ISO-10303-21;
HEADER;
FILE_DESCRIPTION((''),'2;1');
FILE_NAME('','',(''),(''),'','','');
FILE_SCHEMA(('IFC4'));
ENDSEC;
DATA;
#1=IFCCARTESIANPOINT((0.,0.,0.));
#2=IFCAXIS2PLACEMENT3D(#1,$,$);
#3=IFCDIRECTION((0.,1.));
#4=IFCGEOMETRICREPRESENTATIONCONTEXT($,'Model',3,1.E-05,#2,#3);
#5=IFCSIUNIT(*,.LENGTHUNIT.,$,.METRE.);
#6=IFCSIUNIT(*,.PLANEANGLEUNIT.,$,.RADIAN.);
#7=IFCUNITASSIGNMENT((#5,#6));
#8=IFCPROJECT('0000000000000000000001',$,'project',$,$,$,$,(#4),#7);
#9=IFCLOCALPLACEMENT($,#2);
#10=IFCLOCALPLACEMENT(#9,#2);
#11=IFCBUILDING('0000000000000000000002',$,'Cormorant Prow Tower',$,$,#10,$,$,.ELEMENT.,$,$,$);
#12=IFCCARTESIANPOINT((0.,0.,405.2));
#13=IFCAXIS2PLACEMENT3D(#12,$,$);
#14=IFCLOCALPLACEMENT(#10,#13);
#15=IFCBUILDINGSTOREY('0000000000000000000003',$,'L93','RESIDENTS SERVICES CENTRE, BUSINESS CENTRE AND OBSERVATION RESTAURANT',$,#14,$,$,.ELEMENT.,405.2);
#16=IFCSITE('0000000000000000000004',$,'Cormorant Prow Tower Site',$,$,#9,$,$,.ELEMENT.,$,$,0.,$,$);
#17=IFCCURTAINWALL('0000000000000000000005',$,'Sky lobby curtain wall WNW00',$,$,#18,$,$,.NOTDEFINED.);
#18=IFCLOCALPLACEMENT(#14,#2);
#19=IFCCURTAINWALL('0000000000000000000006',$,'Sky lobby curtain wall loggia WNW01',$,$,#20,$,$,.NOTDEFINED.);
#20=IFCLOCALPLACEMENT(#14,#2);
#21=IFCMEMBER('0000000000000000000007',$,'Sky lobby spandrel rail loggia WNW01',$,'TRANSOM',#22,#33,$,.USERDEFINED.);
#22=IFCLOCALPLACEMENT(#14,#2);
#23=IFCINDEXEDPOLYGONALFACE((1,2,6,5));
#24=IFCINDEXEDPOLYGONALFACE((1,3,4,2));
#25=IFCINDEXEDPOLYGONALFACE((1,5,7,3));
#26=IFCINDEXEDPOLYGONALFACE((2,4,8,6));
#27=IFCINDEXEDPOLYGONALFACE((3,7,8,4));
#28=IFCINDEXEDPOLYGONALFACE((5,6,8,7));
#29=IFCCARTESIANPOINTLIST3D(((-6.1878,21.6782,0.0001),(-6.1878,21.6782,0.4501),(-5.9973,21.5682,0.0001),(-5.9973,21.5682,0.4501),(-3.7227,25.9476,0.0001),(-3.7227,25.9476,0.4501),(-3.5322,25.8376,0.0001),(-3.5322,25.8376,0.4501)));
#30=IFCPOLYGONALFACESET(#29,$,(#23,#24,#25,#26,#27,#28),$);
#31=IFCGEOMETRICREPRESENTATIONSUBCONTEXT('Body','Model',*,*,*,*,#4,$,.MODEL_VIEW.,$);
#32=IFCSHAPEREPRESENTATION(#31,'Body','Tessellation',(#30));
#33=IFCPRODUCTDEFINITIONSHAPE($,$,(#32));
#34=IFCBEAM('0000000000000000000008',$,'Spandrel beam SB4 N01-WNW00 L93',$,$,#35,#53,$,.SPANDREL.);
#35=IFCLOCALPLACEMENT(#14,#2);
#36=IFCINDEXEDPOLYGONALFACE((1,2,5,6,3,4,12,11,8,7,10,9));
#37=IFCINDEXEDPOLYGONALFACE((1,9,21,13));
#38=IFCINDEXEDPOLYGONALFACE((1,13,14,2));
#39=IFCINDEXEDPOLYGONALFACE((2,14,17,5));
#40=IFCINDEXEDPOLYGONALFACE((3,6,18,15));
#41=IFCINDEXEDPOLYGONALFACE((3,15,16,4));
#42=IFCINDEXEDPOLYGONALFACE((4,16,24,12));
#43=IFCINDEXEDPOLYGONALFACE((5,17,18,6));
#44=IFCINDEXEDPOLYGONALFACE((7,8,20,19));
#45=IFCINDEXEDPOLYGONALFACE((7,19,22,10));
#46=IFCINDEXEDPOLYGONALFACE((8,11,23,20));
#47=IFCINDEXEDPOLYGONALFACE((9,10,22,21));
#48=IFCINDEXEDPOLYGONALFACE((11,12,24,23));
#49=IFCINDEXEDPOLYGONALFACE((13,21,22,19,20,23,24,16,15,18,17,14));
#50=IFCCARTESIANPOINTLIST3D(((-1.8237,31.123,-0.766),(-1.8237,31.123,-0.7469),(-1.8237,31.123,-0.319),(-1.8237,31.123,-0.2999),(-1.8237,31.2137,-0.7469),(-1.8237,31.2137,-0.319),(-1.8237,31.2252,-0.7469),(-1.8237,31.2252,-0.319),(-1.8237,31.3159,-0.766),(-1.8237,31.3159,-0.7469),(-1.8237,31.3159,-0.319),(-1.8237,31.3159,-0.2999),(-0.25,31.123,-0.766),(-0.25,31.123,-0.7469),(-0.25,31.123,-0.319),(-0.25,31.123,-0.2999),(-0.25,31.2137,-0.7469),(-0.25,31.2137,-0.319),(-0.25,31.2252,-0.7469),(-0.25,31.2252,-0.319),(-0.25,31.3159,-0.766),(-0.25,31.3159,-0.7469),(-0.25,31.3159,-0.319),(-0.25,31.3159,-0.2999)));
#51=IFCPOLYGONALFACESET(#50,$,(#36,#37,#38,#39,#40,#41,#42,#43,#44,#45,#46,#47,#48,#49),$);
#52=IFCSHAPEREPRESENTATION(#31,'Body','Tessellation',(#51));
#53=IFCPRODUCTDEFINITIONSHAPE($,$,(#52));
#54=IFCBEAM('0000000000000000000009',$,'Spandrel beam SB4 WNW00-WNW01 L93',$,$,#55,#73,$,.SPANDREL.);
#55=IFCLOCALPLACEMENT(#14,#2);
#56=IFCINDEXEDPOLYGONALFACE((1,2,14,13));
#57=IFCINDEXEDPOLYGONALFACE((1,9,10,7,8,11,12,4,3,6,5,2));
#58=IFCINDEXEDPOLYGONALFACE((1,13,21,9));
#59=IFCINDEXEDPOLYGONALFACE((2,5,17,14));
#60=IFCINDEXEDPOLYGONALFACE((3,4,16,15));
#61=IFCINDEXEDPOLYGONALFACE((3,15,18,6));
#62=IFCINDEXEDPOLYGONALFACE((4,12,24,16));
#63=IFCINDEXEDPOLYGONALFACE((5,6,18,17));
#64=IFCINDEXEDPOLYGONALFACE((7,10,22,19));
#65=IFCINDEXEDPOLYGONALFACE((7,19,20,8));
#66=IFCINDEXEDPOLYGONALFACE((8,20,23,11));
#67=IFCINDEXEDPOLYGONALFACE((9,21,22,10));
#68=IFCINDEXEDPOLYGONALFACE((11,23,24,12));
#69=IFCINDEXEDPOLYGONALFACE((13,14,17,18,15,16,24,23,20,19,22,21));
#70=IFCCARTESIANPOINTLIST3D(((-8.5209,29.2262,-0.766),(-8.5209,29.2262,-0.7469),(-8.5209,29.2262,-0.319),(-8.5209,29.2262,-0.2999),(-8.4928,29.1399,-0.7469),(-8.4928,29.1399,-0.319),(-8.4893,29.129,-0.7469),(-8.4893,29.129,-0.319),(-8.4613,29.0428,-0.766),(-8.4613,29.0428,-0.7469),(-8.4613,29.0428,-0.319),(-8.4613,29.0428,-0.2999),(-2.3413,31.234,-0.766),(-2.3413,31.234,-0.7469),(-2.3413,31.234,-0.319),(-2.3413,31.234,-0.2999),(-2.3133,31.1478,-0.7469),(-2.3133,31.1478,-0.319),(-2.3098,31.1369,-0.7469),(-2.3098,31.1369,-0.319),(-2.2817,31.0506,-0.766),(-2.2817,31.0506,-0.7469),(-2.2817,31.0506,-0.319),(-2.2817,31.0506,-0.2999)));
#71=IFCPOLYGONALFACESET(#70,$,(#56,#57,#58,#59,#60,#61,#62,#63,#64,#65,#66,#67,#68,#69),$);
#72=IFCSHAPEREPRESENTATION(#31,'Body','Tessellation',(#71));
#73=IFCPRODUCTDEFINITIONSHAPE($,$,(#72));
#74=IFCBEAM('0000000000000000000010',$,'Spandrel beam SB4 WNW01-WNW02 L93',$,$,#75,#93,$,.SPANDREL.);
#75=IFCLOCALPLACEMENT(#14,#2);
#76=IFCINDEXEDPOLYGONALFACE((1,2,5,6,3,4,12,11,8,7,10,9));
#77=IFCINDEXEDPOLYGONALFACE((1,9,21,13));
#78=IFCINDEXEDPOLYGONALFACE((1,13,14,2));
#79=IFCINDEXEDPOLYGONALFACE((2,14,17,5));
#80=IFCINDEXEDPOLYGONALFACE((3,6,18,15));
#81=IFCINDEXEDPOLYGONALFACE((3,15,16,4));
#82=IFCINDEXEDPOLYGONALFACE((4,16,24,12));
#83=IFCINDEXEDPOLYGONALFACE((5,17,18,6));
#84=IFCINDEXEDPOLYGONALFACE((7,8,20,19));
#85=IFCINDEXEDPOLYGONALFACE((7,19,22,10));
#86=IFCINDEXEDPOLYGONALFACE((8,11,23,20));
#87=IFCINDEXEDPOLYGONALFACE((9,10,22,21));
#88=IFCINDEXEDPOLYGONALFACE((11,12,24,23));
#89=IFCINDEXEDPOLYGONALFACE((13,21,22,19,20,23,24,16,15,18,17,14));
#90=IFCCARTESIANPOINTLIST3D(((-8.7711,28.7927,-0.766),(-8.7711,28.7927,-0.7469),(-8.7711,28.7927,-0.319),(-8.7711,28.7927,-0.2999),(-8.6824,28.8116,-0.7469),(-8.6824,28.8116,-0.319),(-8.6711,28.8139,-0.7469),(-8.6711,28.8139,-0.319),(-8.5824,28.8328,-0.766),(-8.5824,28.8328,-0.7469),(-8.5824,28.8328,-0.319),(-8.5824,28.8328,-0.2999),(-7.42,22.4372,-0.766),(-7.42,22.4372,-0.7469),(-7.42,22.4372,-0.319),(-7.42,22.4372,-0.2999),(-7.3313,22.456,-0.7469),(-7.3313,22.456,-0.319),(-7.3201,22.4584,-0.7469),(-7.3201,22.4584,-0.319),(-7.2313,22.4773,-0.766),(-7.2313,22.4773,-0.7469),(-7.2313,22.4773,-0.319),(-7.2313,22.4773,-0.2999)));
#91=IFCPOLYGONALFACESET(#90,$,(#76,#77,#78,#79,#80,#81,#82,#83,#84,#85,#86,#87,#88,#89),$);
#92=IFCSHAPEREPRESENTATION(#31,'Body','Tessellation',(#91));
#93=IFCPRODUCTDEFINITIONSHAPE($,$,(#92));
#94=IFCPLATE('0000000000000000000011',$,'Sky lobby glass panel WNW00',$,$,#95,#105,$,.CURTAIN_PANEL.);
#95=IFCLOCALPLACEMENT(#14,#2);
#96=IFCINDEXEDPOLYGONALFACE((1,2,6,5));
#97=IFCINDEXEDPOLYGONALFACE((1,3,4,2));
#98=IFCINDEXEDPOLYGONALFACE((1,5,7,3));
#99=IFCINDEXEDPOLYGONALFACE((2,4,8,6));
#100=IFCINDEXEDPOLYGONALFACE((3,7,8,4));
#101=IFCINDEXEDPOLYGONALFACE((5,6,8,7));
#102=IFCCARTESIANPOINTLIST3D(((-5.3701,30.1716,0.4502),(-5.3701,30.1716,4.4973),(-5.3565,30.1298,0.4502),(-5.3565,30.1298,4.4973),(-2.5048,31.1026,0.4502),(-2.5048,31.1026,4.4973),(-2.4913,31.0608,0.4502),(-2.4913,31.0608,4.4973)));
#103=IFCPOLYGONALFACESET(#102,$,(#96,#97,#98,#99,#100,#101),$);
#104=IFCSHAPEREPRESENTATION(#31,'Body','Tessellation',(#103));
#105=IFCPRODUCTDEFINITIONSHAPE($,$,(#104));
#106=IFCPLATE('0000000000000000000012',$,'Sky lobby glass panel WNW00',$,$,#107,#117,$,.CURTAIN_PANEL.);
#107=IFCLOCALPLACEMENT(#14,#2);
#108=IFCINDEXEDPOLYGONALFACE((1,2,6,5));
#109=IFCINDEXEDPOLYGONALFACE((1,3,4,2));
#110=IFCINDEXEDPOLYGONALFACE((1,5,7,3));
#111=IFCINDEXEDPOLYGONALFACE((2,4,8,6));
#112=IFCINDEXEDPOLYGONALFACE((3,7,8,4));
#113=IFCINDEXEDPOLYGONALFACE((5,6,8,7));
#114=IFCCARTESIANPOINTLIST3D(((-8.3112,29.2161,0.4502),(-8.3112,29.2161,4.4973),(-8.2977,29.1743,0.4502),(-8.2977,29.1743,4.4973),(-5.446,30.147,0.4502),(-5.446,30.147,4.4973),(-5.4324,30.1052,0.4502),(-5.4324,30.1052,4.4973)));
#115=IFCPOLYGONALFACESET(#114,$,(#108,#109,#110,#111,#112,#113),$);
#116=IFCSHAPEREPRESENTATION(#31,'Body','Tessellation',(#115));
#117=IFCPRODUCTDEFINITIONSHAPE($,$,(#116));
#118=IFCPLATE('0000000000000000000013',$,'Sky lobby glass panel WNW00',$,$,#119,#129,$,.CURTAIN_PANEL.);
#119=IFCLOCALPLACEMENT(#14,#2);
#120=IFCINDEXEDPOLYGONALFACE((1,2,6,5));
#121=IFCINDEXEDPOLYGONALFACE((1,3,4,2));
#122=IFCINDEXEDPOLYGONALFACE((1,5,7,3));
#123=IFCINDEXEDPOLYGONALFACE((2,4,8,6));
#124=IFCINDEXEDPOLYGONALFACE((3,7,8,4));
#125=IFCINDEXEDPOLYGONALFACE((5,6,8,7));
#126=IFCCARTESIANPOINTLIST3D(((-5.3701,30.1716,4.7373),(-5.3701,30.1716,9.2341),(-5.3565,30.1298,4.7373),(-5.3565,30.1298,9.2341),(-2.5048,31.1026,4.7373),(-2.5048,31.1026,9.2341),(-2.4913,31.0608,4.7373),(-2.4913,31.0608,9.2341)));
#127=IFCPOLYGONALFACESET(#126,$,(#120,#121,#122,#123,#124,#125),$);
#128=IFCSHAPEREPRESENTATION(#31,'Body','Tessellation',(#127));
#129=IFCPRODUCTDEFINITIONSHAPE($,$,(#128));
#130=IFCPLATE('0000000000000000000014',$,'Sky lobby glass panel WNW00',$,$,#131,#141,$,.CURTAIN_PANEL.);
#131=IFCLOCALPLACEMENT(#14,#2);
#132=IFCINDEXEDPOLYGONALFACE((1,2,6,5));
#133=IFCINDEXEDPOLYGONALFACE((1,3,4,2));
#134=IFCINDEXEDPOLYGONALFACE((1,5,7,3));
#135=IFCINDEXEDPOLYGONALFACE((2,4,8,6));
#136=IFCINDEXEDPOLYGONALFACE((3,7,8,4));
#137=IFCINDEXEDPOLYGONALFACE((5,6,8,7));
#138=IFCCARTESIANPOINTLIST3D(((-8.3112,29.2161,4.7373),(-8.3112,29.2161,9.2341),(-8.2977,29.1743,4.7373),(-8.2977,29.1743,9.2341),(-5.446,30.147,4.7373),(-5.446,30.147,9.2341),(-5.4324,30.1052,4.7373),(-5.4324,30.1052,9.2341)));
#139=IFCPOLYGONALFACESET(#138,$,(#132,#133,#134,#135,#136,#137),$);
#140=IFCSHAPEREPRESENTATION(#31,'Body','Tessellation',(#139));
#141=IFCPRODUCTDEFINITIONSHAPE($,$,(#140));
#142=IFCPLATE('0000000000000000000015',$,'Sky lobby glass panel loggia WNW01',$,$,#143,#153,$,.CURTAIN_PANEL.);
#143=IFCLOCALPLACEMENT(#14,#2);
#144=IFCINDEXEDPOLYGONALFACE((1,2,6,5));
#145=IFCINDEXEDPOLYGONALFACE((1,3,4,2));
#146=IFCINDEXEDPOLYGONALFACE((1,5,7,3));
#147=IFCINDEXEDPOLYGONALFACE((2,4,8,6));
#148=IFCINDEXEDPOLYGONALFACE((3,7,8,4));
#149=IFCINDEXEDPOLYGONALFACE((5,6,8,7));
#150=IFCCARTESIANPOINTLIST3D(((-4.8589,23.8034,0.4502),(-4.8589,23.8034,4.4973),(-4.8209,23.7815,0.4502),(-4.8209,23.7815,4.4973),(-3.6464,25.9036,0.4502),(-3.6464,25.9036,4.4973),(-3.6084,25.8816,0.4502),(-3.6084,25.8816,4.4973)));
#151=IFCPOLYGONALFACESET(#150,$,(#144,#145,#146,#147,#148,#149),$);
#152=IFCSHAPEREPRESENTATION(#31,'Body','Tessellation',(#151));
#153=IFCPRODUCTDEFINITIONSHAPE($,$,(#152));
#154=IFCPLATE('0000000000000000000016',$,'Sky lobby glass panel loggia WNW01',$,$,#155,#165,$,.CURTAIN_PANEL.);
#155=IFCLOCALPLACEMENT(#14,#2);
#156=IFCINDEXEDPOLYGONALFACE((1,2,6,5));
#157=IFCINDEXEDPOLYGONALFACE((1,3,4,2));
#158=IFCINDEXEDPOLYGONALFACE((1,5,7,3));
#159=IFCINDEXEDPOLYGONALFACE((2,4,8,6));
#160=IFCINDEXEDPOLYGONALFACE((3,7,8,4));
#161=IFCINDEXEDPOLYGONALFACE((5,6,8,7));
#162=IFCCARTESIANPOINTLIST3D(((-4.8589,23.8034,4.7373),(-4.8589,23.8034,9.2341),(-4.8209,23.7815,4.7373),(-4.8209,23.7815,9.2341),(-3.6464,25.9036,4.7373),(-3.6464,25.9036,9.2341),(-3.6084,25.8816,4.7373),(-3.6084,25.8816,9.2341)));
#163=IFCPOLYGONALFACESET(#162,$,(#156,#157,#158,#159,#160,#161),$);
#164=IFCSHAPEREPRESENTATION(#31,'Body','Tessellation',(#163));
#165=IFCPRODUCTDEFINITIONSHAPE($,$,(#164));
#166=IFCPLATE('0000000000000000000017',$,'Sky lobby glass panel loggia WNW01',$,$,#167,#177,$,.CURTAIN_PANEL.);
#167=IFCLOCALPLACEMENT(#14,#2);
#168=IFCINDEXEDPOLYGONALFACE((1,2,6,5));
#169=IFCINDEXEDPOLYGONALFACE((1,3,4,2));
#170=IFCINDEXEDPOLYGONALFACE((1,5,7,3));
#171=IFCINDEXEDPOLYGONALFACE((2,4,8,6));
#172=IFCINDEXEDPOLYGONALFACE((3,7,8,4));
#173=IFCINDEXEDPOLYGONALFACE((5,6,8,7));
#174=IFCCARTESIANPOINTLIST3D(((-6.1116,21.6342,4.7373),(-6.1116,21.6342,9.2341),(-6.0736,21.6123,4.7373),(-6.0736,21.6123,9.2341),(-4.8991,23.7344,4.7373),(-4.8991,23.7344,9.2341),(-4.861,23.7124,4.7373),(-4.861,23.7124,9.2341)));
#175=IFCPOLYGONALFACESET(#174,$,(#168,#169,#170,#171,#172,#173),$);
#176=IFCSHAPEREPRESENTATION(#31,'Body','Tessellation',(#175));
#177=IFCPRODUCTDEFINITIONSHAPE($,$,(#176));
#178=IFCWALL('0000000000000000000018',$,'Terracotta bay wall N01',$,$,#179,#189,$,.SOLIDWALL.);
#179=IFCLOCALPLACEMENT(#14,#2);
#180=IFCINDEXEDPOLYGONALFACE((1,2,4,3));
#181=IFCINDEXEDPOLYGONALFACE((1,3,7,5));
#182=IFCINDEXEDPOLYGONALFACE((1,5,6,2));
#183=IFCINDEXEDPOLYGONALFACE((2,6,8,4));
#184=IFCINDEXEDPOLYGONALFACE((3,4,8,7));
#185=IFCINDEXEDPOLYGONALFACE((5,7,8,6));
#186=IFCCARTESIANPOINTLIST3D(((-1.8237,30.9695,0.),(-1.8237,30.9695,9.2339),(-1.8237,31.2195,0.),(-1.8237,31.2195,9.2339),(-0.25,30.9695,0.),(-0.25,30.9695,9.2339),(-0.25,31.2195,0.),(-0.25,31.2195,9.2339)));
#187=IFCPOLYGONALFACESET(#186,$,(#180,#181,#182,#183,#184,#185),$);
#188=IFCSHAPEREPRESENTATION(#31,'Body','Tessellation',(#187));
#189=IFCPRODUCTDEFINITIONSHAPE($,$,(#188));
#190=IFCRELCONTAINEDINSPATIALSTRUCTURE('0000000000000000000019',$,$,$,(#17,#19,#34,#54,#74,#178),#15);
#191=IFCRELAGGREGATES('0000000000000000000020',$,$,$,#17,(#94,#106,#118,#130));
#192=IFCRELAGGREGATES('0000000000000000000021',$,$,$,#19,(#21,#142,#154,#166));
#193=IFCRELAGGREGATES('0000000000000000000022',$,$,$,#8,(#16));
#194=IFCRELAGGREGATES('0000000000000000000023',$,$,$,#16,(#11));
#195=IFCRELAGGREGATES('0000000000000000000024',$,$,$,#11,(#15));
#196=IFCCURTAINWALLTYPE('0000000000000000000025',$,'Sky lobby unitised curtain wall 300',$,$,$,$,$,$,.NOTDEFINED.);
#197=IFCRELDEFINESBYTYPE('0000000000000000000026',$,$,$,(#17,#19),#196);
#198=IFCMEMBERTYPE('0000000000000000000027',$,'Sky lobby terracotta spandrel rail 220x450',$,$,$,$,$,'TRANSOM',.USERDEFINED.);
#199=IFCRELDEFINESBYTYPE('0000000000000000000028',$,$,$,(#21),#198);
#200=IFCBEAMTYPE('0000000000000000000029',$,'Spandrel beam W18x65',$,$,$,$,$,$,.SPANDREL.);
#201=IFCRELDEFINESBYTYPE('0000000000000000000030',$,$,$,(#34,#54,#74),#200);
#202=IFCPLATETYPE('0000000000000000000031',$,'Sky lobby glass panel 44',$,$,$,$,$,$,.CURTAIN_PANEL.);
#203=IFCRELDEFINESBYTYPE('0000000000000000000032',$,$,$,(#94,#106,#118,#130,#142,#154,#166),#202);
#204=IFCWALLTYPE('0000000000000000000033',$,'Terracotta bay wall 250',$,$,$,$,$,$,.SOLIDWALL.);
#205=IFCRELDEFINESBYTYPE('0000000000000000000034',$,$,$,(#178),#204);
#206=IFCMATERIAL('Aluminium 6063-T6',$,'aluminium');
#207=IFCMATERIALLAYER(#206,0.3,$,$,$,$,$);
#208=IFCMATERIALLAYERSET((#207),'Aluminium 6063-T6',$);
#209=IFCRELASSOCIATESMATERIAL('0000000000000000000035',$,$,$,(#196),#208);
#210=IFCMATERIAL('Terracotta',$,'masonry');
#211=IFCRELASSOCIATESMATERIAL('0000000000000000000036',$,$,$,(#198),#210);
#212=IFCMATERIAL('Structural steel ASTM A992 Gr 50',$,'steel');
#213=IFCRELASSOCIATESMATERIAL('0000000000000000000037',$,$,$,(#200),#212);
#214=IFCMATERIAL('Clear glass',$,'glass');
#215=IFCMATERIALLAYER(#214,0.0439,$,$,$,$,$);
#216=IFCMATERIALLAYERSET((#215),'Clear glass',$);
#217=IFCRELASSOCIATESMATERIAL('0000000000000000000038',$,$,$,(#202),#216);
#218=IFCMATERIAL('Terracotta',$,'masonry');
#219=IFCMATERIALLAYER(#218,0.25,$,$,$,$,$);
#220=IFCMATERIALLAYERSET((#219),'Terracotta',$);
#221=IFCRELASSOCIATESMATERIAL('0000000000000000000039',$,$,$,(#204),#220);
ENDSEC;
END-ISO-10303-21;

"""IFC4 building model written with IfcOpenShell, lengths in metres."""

from ifc_helpers import new_model, si_unit, direction, frame, frame_2d, origin, origin_2d, place, context, subcontext, project, spatial, rectangle, i_section, extrude, material, layer, layer_set, material_profile, profile_set, type_object, element, aggregate, save


model = new_model("IFC4")

# Units and contexts
model_context = context("Model", 3, precision=1e-05, world=origin(), true_north=direction((0.0, 1.0)))
body_context = subcontext(model_context, "Body", "Model", "MODEL_VIEW")
ifc_project = project(units=[si_unit("LENGTHUNIT", "METRE"), si_unit("PLANEANGLEUNIT", "RADIAN")], contexts=[model_context])

# Site, building, storey
site_placement = place(None, origin())
site = spatial("IfcSite", under=ifc_project, at=site_placement, Name="Cormorant Prow Tower Site", CompositionType="ELEMENT", RefElevation=0.0)
building_placement = place(site_placement, origin())
building = spatial("IfcBuilding", under=site, at=building_placement, Name="Cormorant Prow Tower", CompositionType="ELEMENT")
storey_placement = place(building_placement, frame((0.0, 0.0, 405.2)))
storey = spatial("IfcBuildingStorey", under=building, at=storey_placement, Name="L93", Description="RESIDENTS SERVICES CENTRE, BUSINESS CENTRE AND OBSERVATION RESTAURANT", CompositionType="ELEMENT", Elevation=405.2)

# Curtain walls
ifc_material_1 = material(Name="Aluminium 6063-T6", Category="aluminium")
ifc_layer_1 = layer(ifc_material_1, 0.3)
ifc_layer_set_1 = layer_set([ifc_layer_1], Name="Aluminium 6063-T6")
curtain_wall_type = type_object("IfcCurtainWallType", Name="Sky lobby unitised curtain wall 300", PredefinedType="NOTDEFINED", material=ifc_layer_set_1)
curtain_wall_1_placement = place(storey_placement, origin())
curtain_wall_1 = element("IfcCurtainWall", 1, at=curtain_wall_1_placement, inside=storey, type_object=curtain_wall_type, Name="Sky lobby curtain wall WNW00", PredefinedType="NOTDEFINED")
curtain_wall_2_placement = place(storey_placement, origin())
curtain_wall_2 = element("IfcCurtainWall", 2, at=curtain_wall_2_placement, inside=storey, type_object=curtain_wall_type, Name="Sky lobby curtain wall loggia WNW01", PredefinedType="NOTDEFINED")

# Member
ifc_material_2 = material(Name="Terracotta", Category="masonry")
ifc_material_profile_1 = material_profile(ifc_material_2, rectangle(XDim=0.22, YDim=0.45, at=origin_2d()), Name="Sky lobby terracotta spandrel rail 220x450")
ifc_profile_set_1 = profile_set([ifc_material_profile_1], Name="Terracotta")
member_type_1 = type_object("IfcMemberType", Name="Sky lobby terracotta spandrel rail 220x450", ElementType="TRANSOM", PredefinedType="USERDEFINED", material=ifc_profile_set_1)
member_1_placement = place(storey_placement, frame((-3.6274, 25.8926, 0.2251), z_axis=(-0.500033, -0.866007, 0.0), x_axis=(0.866007, -0.500033, 0.0)))
member_1 = element("IfcMember", 3, at=member_1_placement, type_object=member_type_1, Name="Sky lobby spandrel rail loggia WNW01", ObjectType="TRANSOM", PredefinedType="USERDEFINED", context=body_context, shape_type="SweptSolid", body=[
    extrude(rectangle(XDim=0.22, YDim=0.45, at=origin_2d()), origin(), (0.0, 0.0, 1.0), 4.9299),
])

# Beams
ifc_material_3 = material(Name="Structural steel ASTM A992 Gr 50", Category="steel")
ifc_material_profile_2 = material_profile(ifc_material_3, i_section(OverallWidth=0.1929, OverallDepth=0.4661, WebThickness=0.0115, FlangeThickness=0.019, at=origin_2d()), Name="W18x65")
ifc_profile_set_2 = profile_set([ifc_material_profile_2], Name="Structural steel ASTM A992 Gr 50")
beam_type = type_object("IfcBeamType", Name="Spandrel beam W18x65", PredefinedType="SPANDREL", material=ifc_profile_set_2)
beam_placement = place(storey_placement, frame((-0.25, 31.2195, -0.533), z_axis=(-1.0, 0.0, 0.0), x_axis=(0.0, -1.0, 0.0)))
element("IfcBeam", 4, at=beam_placement, inside=storey, type_object=beam_type, Name="Spandrel beam SB4 N01-WNW00 L93", PredefinedType="SPANDREL", context=body_context, shape_type="SweptSolid", body=[
    extrude(i_section(OverallWidth=0.1929, OverallDepth=0.4661, WebThickness=0.0115, FlangeThickness=0.019, at=origin_2d()), origin(), (0.0, 0.0, 1.0), 1.5737),
])
for number, where, z_axis, x_axis, name in (
    (5, (-2.3115, 31.1423, -0.533), (-0.951057, -0.309016, 0.0), (0.309016, -0.951057, 0.0), "Spandrel beam SB4 WNW00-WNW01 L93"),
    (6, (-8.6768, 28.8127, -0.533), (0.207938, -0.978142, 0.0), (0.978142, 0.207938, 0.0), "Spandrel beam SB4 WNW01-WNW02 L93"),
):
    element("IfcBeam", number, at=place(storey_placement, frame(where, z_axis=z_axis, x_axis=x_axis)), inside=storey, type_object=beam_type, Name=name, PredefinedType="SPANDREL", context=body_context, shape_type="SweptSolid", body=[
        extrude(i_section(OverallWidth=0.1929, OverallDepth=0.4661, WebThickness=0.0115, FlangeThickness=0.019, at=origin_2d()), origin(), (0.0, 0.0, 1.0), 6.4976),
    ])

# Plates
ifc_material_4 = material(Name="Clear glass", Category="glass")
ifc_layer_2 = layer(ifc_material_4, 0.0439)
ifc_layer_set_2 = layer_set([ifc_layer_2], Name="Clear glass")
plate_type = type_object("IfcPlateType", Name="Sky lobby glass panel 44", PredefinedType="CURTAIN_PANEL", material=ifc_layer_set_2)
plate_1_placement = place(storey_placement, frame((-3.9307, 30.6162, 0.4502), z_axis=(0.0, 0.0, 1.0), x_axis=(-0.951056, -0.309017, 0.0)))
plate_1 = element("IfcPlate", 7, at=plate_1_placement, type_object=plate_type, Name="Sky lobby glass panel WNW00", PredefinedType="CURTAIN_PANEL", context=body_context, shape_type="SweptSolid", body=[
    extrude(rectangle(XDim=3.0127, YDim=0.0439, at=origin_2d()), origin(), (0.0, 0.0, 1.0), 4.0471),
])
plate_2_placement = place(storey_placement, frame((-6.8718, 29.6606, 0.4502), z_axis=(0.0, 0.0, 1.0), x_axis=(-0.951056, -0.309017, 0.0)))
plate_2 = element("IfcPlate", 8, at=plate_2_placement, type_object=plate_type, Name="Sky lobby glass panel WNW00", PredefinedType="CURTAIN_PANEL", context=body_context, shape_type="SweptSolid", body=[
    extrude(rectangle(XDim=3.0127, YDim=0.0439, at=origin_2d()), origin(), (0.0, 0.0, 1.0), 4.0471),
])
plate_3_placement = place(storey_placement, frame((-3.9307, 30.6162, 4.7373), z_axis=(0.0, 0.0, 1.0), x_axis=(-0.951056, -0.309017, 0.0)))
plate_3 = element("IfcPlate", 9, at=plate_3_placement, type_object=plate_type, Name="Sky lobby glass panel WNW00", PredefinedType="CURTAIN_PANEL", context=body_context, shape_type="SweptSolid", body=[
    extrude(rectangle(XDim=3.0127, YDim=0.0439, at=origin_2d()), origin(), (0.0, 0.0, 1.0), 4.4968),
])
plate_4_placement = place(storey_placement, frame((-6.8718, 29.6606, 4.7373), z_axis=(0.0, 0.0, 1.0), x_axis=(-0.951056, -0.309017, 0.0)))
plate_4 = element("IfcPlate", 10, at=plate_4_placement, type_object=plate_type, Name="Sky lobby glass panel WNW00", PredefinedType="CURTAIN_PANEL", context=body_context, shape_type="SweptSolid", body=[
    extrude(rectangle(XDim=3.0127, YDim=0.0439, at=origin_2d()), origin(), (0.0, 0.0, 1.0), 4.4968),
])
aggregate(curtain_wall_1, [plate_1, plate_2, plate_3, plate_4])
plate_5_placement = place(storey_placement, frame((-4.2336, 24.8425, 0.4502), z_axis=(0.0, 0.0, 1.0), x_axis=(-0.5, -0.866025, 0.0)))
plate_5 = element("IfcPlate", 11, at=plate_5_placement, type_object=plate_type, Name="Sky lobby glass panel loggia WNW01", PredefinedType="CURTAIN_PANEL", context=body_context, shape_type="SweptSolid", body=[
    extrude(rectangle(XDim=2.425, YDim=0.0439, at=origin_2d()), origin(), (0.0, 0.0, 1.0), 4.0471),
])
plate_6_placement = place(storey_placement, frame((-4.2336, 24.8425, 4.7373), z_axis=(0.0, 0.0, 1.0), x_axis=(-0.5, -0.866025, 0.0)))
plate_6 = element("IfcPlate", 12, at=plate_6_placement, type_object=plate_type, Name="Sky lobby glass panel loggia WNW01", PredefinedType="CURTAIN_PANEL", context=body_context, shape_type="SweptSolid", body=[
    extrude(rectangle(XDim=2.425, YDim=0.0439, at=origin_2d()), origin(), (0.0, 0.0, 1.0), 4.4968),
])
plate_7_placement = place(storey_placement, frame((-5.4863, 22.6733, 4.7373), z_axis=(0.0, 0.0, 1.0), x_axis=(-0.5, -0.866025, 0.0)))
plate_7 = element("IfcPlate", 13, at=plate_7_placement, type_object=plate_type, Name="Sky lobby glass panel loggia WNW01", PredefinedType="CURTAIN_PANEL", context=body_context, shape_type="SweptSolid", body=[
    extrude(rectangle(XDim=2.425, YDim=0.0439, at=origin_2d()), origin(), (0.0, 0.0, 1.0), 4.4968),
])
aggregate(curtain_wall_2, [member_1, plate_5, plate_6, plate_7])

# Wall
ifc_material_5 = material(Name="Terracotta", Category="masonry")
ifc_layer_3 = layer(ifc_material_5, 0.25)
ifc_layer_set_3 = layer_set([ifc_layer_3], Name="Terracotta")
wall_type_1 = type_object("IfcWallType", Name="Terracotta bay wall 250", PredefinedType="SOLIDWALL", material=ifc_layer_set_3)
wall_1_placement = place(storey_placement, frame((-0.25, 31.0945, 0.0), z_axis=(0.0, 0.0, 1.0), x_axis=(-1.0, 0.0, 0.0)))
element("IfcWall", 14, at=wall_1_placement, inside=storey, type_object=wall_type_1, Name="Terracotta bay wall N01", PredefinedType="SOLIDWALL", context=body_context, shape_type="SweptSolid", body=[
    extrude(rectangle(XDim=1.5737, YDim=0.25, at=frame_2d((0.7869, 0.0))), origin(), (0.0, 0.0, 1.0), 9.2339),
])

save(model, "model.ifc")
